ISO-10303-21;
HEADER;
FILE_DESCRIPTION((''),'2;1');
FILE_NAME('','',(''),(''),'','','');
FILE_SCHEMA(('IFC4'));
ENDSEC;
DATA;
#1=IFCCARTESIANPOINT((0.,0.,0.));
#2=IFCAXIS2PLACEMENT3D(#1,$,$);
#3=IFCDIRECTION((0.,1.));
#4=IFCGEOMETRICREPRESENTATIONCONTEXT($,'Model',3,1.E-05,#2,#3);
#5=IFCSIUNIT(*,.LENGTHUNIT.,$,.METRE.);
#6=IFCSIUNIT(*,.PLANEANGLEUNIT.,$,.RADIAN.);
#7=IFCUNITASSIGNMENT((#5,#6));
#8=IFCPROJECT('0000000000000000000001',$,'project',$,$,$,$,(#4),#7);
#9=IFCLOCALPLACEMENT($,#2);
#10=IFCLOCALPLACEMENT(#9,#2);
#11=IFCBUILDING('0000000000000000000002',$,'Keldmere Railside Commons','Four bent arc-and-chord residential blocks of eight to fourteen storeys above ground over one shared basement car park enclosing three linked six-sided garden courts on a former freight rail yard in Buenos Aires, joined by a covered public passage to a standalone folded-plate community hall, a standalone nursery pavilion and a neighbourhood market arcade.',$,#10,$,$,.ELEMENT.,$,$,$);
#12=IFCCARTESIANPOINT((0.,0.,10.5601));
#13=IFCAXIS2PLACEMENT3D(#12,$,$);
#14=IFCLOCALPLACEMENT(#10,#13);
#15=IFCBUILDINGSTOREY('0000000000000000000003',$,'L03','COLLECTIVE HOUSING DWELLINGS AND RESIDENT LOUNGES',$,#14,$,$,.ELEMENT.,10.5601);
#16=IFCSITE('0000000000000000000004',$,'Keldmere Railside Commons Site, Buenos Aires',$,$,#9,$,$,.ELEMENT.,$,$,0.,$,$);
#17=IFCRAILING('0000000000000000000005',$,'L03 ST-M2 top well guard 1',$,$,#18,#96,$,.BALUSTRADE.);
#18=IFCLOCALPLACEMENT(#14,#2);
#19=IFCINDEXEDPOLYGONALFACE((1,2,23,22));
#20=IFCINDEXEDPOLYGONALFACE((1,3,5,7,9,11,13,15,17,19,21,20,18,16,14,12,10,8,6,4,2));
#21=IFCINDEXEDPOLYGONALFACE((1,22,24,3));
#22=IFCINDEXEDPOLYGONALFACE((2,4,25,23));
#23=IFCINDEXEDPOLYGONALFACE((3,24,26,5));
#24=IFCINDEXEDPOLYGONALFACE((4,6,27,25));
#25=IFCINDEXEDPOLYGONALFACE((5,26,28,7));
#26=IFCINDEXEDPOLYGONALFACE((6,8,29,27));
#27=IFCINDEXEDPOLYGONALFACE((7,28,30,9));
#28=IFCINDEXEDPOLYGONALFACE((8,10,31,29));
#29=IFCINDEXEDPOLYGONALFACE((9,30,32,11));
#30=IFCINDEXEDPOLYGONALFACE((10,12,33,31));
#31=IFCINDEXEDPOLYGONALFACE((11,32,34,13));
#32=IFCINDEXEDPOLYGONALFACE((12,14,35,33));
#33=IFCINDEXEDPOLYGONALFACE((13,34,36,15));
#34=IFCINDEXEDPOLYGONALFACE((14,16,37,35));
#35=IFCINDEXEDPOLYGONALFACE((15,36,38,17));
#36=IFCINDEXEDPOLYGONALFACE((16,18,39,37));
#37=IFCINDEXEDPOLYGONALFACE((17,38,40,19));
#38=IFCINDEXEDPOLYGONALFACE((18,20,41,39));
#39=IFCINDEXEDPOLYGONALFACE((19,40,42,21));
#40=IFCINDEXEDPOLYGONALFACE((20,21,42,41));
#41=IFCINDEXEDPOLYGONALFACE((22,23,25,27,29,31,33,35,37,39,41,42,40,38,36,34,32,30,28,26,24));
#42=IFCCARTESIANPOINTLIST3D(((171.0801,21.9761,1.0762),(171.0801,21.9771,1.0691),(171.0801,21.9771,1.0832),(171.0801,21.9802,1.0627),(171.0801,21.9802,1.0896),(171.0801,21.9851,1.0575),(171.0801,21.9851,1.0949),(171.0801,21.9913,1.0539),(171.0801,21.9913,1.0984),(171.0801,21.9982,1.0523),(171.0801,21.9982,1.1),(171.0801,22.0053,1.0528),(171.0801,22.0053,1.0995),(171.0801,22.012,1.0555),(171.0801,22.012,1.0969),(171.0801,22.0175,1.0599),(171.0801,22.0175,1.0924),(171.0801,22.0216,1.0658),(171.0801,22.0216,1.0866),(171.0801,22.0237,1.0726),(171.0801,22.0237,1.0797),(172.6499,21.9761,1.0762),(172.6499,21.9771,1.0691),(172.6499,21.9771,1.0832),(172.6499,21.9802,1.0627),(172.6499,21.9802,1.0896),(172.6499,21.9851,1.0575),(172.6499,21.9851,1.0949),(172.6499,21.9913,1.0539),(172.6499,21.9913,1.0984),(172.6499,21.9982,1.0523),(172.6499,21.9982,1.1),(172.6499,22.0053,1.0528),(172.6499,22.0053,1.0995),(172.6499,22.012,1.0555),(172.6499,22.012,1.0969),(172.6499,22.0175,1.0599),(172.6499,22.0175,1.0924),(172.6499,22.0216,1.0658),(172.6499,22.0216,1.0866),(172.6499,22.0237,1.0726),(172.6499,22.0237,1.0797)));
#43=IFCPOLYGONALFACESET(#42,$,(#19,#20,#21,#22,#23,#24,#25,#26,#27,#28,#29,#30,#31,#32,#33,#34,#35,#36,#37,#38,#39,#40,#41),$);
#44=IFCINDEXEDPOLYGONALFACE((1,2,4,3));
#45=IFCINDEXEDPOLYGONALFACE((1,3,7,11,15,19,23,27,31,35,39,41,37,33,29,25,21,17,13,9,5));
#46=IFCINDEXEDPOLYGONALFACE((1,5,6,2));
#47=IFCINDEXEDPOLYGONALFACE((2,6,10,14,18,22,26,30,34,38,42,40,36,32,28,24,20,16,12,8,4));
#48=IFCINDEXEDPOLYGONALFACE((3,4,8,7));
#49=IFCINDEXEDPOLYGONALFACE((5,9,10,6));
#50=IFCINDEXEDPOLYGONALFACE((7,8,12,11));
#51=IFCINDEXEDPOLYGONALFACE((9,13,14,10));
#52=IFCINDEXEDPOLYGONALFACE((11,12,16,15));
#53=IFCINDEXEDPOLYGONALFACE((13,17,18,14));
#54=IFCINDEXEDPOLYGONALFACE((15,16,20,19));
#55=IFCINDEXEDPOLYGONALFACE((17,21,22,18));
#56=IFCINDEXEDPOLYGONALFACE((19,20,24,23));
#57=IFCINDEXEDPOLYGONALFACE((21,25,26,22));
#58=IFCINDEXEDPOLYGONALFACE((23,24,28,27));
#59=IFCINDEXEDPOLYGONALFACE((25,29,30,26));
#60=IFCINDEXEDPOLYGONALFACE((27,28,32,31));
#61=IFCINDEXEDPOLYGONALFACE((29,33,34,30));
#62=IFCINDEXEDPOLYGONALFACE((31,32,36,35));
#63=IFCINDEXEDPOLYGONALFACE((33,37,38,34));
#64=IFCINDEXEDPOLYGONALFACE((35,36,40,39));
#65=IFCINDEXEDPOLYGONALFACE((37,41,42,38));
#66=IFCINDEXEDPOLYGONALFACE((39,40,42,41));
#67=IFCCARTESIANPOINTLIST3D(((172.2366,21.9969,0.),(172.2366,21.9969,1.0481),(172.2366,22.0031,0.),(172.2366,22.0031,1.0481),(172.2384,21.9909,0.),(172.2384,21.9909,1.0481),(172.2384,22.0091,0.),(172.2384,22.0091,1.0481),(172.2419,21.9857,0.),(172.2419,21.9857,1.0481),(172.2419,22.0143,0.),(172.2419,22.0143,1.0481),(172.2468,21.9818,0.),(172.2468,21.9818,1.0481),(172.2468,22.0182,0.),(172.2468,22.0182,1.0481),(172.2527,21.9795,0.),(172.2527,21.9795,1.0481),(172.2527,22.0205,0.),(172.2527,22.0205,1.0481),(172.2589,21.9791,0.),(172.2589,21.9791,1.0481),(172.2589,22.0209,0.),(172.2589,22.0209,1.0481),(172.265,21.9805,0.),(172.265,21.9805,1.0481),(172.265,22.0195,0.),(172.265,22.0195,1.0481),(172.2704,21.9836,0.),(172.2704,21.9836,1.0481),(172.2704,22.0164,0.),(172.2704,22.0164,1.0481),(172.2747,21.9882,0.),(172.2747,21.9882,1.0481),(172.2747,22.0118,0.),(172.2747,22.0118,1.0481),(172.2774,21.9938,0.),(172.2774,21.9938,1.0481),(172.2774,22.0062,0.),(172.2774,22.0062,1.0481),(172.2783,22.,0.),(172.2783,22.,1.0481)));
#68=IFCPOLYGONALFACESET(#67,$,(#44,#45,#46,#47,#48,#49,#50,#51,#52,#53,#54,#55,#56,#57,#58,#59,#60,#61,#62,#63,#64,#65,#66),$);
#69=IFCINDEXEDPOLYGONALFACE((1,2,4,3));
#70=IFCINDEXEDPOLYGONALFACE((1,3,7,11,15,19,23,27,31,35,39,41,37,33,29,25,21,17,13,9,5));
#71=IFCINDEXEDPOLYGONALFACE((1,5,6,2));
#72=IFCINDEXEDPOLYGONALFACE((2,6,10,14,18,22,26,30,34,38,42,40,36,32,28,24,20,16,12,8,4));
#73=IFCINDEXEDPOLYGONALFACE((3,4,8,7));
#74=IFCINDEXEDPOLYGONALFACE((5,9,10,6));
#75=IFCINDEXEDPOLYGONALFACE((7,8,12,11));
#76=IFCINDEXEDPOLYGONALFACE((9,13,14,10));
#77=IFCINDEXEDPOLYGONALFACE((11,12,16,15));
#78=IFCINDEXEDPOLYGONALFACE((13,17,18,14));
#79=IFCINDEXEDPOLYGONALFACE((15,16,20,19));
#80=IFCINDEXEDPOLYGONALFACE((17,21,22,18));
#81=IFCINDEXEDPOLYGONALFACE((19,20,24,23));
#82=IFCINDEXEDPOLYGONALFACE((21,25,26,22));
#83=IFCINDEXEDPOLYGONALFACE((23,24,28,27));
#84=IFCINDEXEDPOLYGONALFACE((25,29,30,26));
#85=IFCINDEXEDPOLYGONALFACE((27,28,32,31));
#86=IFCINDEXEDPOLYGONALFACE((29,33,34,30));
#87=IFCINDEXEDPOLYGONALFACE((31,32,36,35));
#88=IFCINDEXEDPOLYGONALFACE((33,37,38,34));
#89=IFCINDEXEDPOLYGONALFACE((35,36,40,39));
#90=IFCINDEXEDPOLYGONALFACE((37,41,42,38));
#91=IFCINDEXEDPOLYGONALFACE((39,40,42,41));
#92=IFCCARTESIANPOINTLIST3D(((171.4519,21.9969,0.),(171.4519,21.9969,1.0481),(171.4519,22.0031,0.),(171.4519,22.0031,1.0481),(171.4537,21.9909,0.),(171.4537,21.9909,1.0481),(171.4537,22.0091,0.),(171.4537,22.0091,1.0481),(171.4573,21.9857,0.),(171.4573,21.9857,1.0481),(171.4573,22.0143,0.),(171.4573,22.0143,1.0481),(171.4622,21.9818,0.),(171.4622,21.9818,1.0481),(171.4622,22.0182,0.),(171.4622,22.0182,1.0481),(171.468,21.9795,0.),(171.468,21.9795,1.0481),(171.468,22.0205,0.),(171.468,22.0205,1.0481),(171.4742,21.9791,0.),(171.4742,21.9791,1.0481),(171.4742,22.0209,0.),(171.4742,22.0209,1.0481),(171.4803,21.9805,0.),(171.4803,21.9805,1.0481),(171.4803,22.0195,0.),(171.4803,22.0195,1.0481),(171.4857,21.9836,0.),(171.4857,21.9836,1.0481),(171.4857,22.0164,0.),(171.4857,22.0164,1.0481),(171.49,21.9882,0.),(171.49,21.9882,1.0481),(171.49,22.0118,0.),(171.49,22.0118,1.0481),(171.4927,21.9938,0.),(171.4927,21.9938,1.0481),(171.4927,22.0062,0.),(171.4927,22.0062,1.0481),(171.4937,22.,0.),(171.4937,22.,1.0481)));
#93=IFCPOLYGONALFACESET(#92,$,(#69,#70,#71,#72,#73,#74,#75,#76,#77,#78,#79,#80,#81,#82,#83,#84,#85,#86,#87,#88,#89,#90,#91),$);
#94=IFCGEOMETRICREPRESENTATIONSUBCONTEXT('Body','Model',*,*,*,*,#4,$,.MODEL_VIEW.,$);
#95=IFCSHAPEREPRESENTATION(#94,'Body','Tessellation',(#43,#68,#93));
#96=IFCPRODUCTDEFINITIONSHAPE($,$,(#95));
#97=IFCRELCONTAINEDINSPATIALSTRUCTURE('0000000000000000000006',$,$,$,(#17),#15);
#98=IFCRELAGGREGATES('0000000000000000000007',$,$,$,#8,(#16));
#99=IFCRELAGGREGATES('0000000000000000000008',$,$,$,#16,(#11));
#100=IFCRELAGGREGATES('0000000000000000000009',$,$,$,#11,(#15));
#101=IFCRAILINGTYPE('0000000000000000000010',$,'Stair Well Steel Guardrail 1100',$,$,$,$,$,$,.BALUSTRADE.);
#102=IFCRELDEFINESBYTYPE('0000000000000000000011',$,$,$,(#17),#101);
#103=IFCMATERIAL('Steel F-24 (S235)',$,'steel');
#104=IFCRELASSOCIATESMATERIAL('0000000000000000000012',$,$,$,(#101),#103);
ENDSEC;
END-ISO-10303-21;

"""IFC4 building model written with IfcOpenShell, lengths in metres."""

from ifc_helpers import new_model, si_unit, direction, frame, origin, origin_2d, place, context, subcontext, project, spatial, circle, extrude, material, type_object, element, save


model = new_model("IFC4")

# Units and contexts
model_context = context("Model", 3, precision=1e-05, world=origin(), true_north=direction((0.0, 1.0)))
body_context = subcontext(model_context, "Body", "Model", "MODEL_VIEW")
ifc_project = project(units=[si_unit("LENGTHUNIT", "METRE"), si_unit("PLANEANGLEUNIT", "RADIAN")], contexts=[model_context])

# Site, building, storey
site_placement = place(None, origin())
site = spatial("IfcSite", under=ifc_project, at=site_placement, Name="Keldmere Railside Commons Site, Buenos Aires", CompositionType="ELEMENT", RefElevation=0.0)
building_placement = place(site_placement, origin())
building = spatial("IfcBuilding", under=site, at=building_placement, Name="Keldmere Railside Commons", Description="Four bent arc-and-chord residential blocks of eight to fourteen storeys above ground over one shared basement car park enclosing three linked six-sided garden courts on a former freight rail yard in Buenos Aires, joined by a covered public passage to a standalone folded-plate community hall, a standalone nursery pavilion and a neighbourhood market arcade.", CompositionType="ELEMENT")
storey_placement = place(building_placement, frame((0.0, 0.0, 10.5601)))
storey = spatial("IfcBuildingStorey", under=building, at=storey_placement, Name="L03", Description="COLLECTIVE HOUSING DWELLINGS AND RESIDENT LOUNGES", CompositionType="ELEMENT", Elevation=10.5601)

# Railing
ifc_material_1 = material(Name="Steel F-24 (S235)", Category="steel")
railing_type_1 = type_object("IfcRailingType", Name="Stair Well Steel Guardrail 1100", PredefinedType="BALUSTRADE", material=ifc_material_1)
railing_1_placement = place(storey_placement, frame((172.6499, 22.0, 0.0)))
element("IfcRailing", 1, at=railing_1_placement, inside=storey, type_object=railing_type_1, Name="L03 ST-M2 top well guard 1", PredefinedType="BALUSTRADE", context=body_context, shape_type="SweptSolid", body=[
    extrude(circle(Radius=0.0239, at=origin_2d()), frame((0.0, 0.0, 1.0762), z_axis=(-1.0, 0.0, 0.0), x_axis=(0.0, -1.0, 0.0)), (0.0, 0.0, 1.0), 1.5698),
    extrude(circle(Radius=0.021, at=origin_2d()), frame((-0.3926, 0.0, 0.0)), (0.0, 0.0, 1.0), 1.0481),
    extrude(circle(Radius=0.021, at=origin_2d()), frame((-1.1772, 0.0, 0.0)), (0.0, 0.0, 1.0), 1.0481),
])

save(model, "model.ifc")
